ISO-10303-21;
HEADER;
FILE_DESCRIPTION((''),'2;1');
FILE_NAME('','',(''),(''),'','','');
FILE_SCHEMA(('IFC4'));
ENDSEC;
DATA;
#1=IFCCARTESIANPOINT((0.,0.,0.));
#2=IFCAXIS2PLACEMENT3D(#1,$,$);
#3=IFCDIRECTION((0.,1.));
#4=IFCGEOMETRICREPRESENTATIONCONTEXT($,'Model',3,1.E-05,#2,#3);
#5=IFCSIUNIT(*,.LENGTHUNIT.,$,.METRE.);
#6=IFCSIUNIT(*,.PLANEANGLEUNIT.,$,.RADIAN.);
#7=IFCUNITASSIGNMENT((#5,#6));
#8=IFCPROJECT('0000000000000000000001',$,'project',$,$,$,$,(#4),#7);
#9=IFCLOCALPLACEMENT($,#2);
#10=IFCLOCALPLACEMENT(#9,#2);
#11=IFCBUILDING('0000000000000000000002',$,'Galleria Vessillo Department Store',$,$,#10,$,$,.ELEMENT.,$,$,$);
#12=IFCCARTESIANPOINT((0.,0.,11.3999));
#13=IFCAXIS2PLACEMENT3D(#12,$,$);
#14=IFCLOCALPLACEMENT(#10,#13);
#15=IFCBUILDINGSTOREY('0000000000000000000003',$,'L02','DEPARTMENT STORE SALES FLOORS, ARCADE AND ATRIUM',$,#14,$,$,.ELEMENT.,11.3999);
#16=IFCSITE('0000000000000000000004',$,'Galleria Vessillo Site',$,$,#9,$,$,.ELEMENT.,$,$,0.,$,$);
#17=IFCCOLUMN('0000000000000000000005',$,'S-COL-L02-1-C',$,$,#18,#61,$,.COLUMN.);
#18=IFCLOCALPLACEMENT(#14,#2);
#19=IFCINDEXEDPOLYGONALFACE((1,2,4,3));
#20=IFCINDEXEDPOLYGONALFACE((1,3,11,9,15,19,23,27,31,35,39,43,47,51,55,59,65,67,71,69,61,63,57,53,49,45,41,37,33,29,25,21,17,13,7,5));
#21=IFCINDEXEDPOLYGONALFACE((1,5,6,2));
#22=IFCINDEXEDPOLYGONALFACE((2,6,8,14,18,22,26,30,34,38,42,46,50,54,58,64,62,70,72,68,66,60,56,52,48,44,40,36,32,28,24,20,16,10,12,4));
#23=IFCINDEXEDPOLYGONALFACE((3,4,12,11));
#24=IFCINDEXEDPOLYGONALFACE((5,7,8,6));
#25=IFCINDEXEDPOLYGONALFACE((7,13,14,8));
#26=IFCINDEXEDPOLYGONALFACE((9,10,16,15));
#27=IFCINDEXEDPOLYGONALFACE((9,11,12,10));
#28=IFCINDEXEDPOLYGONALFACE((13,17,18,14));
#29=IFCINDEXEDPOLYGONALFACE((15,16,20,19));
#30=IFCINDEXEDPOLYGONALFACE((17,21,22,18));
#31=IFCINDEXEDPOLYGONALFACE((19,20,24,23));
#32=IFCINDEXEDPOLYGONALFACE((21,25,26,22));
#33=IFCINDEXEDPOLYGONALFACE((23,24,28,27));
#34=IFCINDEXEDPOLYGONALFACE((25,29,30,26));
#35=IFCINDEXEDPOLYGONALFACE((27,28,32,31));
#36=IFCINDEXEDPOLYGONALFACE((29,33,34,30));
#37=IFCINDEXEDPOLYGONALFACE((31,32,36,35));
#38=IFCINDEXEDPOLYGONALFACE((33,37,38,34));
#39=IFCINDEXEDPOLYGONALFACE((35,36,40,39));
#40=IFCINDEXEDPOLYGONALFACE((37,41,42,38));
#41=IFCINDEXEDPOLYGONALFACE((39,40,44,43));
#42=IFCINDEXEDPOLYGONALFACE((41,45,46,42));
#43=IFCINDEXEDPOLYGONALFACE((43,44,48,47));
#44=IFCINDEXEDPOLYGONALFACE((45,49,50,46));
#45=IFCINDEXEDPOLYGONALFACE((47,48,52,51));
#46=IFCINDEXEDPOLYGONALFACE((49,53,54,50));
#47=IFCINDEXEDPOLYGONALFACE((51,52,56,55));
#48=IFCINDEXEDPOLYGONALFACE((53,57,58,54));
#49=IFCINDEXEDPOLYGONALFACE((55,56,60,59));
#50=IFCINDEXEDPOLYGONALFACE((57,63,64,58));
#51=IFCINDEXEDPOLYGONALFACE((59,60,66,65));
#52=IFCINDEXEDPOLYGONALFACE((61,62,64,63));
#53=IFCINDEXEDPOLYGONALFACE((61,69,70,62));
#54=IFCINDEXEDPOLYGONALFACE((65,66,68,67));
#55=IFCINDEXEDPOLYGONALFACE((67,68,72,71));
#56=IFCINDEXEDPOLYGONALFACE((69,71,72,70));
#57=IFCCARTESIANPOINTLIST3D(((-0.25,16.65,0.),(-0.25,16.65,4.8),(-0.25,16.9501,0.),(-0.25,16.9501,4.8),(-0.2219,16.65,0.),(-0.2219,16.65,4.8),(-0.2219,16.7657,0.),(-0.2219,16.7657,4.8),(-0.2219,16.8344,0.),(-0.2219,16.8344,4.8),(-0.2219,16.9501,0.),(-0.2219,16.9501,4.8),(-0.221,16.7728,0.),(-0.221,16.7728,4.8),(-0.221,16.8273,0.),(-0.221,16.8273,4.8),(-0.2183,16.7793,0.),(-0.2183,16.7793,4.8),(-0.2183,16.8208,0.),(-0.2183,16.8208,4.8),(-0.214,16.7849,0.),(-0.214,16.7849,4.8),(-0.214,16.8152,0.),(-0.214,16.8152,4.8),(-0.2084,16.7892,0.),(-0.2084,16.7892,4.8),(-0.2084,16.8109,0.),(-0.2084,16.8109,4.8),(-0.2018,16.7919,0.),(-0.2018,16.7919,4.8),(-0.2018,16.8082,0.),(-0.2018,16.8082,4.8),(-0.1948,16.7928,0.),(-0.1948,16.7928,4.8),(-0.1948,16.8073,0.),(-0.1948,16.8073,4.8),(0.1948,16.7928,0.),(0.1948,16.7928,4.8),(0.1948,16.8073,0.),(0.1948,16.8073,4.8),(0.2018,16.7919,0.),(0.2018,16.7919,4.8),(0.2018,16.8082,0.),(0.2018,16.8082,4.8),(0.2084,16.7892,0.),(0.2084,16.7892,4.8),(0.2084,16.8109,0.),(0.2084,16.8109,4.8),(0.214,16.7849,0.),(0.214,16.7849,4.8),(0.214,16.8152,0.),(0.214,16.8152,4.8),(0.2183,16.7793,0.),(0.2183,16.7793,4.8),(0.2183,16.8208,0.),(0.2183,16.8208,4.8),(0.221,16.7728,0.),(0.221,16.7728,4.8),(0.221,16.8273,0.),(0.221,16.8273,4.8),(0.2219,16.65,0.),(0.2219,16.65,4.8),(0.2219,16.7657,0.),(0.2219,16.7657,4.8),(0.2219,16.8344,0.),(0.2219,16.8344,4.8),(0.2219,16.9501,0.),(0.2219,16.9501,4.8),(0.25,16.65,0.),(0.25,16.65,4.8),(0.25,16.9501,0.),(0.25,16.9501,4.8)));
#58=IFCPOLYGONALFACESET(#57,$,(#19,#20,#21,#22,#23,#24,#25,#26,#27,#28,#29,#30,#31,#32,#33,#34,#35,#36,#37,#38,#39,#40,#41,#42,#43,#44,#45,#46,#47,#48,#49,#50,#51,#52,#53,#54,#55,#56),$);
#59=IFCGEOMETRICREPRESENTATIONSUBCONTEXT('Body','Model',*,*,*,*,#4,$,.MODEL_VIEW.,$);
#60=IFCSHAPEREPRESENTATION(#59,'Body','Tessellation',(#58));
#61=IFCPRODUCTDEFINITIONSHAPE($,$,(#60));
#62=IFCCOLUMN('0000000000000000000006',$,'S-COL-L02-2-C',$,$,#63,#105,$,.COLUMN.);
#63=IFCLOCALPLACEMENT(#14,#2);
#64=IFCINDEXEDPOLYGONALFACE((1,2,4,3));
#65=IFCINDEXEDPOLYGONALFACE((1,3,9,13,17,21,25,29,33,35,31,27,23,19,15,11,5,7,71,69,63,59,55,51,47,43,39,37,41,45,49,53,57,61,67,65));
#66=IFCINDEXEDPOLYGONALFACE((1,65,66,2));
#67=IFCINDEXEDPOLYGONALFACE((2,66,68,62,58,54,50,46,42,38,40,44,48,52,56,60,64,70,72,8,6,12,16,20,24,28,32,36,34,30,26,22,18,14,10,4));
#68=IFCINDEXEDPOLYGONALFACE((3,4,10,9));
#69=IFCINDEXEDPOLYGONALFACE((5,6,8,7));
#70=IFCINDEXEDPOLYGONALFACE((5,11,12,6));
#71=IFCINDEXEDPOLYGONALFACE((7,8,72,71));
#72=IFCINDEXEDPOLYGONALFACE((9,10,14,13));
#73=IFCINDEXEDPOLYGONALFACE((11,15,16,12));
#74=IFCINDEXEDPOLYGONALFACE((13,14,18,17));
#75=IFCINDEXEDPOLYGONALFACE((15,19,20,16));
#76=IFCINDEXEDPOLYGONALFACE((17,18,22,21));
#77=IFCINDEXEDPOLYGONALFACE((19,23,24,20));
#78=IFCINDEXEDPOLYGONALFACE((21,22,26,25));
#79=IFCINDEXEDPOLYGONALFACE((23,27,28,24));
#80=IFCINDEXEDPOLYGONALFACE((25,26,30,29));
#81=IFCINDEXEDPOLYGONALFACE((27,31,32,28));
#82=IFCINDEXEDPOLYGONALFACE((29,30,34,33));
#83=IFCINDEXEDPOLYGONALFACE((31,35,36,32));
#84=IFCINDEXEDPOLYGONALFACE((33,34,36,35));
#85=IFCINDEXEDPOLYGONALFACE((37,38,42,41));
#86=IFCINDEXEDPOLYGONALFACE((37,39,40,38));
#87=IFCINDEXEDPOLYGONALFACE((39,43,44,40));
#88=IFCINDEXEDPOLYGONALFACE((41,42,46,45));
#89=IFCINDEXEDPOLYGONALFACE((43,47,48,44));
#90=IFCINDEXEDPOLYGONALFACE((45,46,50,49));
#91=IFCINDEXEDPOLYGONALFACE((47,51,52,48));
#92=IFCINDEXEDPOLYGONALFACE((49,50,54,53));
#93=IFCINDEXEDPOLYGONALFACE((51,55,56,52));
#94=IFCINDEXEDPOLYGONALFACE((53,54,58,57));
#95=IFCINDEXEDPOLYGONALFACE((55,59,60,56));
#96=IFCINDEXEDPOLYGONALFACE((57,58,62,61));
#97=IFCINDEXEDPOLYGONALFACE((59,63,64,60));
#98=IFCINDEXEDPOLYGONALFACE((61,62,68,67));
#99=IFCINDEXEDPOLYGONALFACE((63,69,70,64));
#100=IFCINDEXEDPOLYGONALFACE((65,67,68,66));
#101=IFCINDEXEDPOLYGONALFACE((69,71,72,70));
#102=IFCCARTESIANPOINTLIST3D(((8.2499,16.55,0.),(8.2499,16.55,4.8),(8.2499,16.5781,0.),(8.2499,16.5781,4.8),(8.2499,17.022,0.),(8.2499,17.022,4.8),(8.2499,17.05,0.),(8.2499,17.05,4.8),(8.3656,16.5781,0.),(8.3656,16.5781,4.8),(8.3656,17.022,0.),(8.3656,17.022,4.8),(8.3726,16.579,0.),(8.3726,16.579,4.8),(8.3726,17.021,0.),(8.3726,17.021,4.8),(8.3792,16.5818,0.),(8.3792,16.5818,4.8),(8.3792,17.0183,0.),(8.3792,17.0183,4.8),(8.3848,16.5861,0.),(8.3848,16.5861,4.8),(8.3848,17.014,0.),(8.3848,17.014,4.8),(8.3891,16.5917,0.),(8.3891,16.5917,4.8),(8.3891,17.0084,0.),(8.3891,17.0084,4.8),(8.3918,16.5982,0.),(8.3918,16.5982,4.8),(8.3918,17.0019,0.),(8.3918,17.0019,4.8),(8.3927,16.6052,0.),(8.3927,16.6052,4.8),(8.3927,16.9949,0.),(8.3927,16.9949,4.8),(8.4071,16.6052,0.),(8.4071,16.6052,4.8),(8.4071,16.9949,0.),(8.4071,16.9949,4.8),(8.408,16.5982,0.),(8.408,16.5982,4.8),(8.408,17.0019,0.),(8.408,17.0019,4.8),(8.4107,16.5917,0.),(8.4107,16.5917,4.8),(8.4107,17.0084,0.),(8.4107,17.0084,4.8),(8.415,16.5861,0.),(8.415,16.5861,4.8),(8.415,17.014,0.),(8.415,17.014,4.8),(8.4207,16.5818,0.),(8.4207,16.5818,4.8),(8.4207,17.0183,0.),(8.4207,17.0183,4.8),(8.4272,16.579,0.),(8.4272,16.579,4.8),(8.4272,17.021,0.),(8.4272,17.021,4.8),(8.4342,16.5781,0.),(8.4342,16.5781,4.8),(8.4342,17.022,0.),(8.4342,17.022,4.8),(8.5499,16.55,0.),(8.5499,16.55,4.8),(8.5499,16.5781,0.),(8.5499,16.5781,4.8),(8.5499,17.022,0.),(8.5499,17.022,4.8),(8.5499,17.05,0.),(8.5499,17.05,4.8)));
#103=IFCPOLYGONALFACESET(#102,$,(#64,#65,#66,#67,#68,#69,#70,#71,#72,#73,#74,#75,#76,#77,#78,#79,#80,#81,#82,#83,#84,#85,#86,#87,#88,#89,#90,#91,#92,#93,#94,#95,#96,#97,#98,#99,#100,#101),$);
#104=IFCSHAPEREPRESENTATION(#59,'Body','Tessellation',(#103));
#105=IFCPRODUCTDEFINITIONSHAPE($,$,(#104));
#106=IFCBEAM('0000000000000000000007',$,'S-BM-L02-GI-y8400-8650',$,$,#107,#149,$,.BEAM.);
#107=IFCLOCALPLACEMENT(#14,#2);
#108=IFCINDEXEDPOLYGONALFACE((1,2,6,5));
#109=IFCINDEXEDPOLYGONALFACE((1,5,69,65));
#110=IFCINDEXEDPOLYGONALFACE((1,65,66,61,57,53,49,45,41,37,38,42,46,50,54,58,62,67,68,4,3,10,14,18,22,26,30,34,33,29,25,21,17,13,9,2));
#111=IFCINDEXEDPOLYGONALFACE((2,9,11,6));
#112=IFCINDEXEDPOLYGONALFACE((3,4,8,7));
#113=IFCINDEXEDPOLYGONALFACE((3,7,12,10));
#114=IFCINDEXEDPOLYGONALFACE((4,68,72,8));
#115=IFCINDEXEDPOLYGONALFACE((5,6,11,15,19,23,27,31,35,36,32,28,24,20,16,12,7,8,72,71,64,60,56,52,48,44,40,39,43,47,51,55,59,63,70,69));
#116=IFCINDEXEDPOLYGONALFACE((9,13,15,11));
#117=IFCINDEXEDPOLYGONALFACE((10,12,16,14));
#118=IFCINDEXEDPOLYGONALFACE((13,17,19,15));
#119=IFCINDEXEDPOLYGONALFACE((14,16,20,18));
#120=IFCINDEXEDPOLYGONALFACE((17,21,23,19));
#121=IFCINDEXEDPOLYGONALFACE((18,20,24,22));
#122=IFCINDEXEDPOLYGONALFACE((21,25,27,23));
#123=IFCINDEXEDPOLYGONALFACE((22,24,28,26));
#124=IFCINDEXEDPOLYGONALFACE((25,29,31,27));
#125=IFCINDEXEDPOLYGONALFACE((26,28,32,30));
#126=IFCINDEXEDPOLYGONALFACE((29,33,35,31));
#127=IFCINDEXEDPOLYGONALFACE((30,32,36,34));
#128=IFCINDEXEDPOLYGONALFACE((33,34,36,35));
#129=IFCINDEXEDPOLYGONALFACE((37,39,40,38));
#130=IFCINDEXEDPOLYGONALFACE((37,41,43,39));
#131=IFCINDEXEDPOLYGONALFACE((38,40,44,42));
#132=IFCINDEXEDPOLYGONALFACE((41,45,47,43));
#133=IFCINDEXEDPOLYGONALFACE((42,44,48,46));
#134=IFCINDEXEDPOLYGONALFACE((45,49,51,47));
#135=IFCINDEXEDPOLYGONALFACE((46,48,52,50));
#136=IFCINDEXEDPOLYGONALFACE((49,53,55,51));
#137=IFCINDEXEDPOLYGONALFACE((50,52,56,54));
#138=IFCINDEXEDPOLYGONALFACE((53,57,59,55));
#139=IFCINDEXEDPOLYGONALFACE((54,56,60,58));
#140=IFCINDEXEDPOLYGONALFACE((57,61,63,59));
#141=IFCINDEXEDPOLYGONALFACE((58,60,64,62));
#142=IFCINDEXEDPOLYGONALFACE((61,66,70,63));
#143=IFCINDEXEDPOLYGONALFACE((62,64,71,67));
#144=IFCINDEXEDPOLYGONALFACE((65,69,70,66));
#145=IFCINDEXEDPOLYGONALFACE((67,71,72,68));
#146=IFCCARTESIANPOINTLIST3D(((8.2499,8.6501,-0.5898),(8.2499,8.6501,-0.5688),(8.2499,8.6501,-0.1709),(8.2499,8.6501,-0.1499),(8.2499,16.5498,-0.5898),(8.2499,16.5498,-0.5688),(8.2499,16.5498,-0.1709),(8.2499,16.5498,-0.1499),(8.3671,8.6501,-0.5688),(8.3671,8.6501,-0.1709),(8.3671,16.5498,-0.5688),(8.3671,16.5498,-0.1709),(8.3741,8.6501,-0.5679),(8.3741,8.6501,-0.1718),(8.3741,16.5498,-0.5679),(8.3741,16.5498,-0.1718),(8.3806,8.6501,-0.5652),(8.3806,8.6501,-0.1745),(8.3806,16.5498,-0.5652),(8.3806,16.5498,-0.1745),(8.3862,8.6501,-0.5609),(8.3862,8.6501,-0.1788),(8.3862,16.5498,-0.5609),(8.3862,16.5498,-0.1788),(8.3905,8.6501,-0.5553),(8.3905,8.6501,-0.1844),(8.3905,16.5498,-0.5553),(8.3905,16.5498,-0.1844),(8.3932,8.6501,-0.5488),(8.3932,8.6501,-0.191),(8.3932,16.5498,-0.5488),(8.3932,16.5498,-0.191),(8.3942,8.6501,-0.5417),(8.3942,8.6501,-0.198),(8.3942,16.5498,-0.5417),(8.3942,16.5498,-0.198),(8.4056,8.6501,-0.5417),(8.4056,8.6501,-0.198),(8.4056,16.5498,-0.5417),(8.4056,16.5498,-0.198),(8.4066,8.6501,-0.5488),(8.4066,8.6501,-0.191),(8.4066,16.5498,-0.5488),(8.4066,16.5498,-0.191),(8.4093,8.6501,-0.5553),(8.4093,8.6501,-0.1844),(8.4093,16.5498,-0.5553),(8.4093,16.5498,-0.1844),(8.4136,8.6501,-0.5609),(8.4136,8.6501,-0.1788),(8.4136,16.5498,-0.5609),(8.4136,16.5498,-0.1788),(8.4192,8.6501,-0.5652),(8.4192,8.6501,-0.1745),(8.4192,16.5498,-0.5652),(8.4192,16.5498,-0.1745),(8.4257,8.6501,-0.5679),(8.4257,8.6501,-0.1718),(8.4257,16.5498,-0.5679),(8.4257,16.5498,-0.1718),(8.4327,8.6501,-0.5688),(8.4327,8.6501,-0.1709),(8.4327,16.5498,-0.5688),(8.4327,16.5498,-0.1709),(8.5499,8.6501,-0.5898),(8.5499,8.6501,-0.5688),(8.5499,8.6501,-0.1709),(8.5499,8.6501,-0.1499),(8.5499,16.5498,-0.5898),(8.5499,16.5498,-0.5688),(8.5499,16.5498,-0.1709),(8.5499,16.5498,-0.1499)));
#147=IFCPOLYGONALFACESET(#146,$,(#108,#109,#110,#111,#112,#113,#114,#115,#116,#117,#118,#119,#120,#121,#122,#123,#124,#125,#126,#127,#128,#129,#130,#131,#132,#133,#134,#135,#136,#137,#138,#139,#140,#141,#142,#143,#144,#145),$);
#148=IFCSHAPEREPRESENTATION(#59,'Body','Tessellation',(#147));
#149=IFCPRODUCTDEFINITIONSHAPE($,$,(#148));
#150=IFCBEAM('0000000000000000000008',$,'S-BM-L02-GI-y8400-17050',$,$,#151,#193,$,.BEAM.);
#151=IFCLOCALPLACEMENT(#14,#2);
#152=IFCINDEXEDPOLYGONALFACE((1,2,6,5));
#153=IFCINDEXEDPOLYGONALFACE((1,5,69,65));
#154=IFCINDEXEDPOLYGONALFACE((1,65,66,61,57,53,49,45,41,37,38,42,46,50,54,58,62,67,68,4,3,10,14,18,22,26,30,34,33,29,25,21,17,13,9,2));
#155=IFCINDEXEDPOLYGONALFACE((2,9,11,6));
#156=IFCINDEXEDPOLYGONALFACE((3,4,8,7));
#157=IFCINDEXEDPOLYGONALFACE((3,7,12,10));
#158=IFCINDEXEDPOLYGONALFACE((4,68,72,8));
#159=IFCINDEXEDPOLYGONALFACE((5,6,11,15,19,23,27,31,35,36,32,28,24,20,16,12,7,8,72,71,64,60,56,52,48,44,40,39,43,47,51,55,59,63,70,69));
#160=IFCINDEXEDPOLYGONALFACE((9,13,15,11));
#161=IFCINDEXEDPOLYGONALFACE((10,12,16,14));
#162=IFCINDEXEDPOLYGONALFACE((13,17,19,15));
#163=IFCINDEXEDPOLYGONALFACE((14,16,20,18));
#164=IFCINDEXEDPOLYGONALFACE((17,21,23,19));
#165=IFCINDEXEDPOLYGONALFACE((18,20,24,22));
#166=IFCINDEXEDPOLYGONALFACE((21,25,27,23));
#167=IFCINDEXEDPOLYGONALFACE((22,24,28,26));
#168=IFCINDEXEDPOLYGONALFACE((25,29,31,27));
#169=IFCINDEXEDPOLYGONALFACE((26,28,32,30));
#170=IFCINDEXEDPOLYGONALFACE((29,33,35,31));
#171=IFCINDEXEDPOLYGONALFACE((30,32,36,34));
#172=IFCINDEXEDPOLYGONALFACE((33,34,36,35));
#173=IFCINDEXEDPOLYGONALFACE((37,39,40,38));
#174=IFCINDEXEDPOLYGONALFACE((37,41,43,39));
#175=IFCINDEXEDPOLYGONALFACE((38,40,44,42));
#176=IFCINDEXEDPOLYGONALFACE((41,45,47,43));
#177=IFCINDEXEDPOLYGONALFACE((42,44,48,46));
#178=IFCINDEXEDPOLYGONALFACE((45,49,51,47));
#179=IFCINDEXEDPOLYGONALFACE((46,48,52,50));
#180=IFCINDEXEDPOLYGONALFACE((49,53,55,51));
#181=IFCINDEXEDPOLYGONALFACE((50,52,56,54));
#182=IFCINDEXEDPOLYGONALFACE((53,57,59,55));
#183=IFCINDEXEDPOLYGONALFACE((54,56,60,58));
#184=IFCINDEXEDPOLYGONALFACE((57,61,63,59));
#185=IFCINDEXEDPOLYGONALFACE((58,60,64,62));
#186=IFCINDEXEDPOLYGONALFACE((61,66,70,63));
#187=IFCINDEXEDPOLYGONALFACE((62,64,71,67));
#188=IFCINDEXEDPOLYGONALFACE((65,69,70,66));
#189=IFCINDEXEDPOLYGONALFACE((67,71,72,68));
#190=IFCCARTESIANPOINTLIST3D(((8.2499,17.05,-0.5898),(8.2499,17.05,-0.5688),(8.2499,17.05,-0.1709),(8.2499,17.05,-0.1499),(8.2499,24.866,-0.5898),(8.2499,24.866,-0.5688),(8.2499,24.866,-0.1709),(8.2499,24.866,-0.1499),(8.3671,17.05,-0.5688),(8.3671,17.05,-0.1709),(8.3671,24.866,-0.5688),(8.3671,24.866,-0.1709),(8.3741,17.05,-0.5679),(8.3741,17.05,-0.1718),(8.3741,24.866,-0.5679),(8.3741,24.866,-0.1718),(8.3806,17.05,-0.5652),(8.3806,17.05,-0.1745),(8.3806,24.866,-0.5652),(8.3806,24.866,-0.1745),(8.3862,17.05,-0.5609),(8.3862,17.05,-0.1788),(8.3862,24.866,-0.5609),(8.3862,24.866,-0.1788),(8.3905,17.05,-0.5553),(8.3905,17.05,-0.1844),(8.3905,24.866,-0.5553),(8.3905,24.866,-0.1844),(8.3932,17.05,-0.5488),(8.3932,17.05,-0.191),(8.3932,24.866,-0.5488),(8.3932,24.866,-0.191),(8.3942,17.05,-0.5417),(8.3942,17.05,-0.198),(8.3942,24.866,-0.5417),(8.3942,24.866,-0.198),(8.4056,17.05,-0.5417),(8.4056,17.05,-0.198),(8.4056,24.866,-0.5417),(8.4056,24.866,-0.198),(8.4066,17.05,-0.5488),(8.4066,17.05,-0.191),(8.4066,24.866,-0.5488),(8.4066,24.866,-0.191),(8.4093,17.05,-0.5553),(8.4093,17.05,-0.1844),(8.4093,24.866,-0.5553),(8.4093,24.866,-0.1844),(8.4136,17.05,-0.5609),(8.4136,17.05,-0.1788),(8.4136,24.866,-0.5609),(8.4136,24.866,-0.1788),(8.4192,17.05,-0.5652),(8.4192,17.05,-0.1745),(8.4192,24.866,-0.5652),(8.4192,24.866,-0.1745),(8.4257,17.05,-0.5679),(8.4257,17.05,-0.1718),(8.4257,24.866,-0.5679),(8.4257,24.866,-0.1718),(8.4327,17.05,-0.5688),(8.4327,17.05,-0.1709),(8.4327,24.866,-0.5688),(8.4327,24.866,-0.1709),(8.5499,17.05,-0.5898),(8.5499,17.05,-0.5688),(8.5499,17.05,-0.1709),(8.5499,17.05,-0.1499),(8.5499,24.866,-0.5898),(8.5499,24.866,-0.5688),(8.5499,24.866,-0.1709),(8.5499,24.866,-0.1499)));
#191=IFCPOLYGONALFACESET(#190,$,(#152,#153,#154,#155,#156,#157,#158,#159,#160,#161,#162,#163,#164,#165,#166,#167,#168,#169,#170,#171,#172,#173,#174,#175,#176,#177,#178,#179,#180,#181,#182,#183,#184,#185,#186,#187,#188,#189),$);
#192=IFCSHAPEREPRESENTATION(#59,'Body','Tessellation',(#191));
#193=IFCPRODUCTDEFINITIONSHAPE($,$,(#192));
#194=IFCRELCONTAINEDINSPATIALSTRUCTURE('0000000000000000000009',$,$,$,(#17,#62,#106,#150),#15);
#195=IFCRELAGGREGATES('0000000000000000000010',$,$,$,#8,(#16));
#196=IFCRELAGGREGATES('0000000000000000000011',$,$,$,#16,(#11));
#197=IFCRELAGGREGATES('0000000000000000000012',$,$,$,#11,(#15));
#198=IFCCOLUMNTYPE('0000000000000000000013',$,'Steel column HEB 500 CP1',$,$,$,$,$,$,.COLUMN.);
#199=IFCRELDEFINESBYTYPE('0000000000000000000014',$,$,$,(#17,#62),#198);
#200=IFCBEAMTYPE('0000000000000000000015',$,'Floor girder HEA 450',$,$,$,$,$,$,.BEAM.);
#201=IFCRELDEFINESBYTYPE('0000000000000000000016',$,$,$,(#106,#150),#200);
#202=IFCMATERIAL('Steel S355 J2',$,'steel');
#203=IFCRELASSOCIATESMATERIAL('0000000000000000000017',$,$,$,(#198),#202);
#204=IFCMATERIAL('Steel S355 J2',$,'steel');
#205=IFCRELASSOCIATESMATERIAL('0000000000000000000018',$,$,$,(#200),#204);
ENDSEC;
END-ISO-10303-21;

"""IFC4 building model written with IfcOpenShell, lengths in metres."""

from ifc_helpers import new_model, si_unit, direction, frame, origin, origin_2d, place, context, subcontext, project, spatial, i_section, extrude, material, material_profile, profile_set, type_object, element, save


model = new_model("IFC4")

# Units and contexts
model_context = context("Model", 3, precision=1e-05, world=origin(), true_north=direction((0.0, 1.0)))
body_context = subcontext(model_context, "Body", "Model", "MODEL_VIEW")
ifc_project = project(units=[si_unit("LENGTHUNIT", "METRE"), si_unit("PLANEANGLEUNIT", "RADIAN")], contexts=[model_context])

# Site, building, storey
site_placement = place(None, origin())
site = spatial("IfcSite", under=ifc_project, at=site_placement, Name="Galleria Vessillo Site", CompositionType="ELEMENT", RefElevation=0.0)
building_placement = place(site_placement, origin())
building = spatial("IfcBuilding", under=site, at=building_placement, Name="Galleria Vessillo Department Store", CompositionType="ELEMENT")
storey_placement = place(building_placement, frame((0.0, 0.0, 11.3999)))
storey = spatial("IfcBuildingStorey", under=building, at=storey_placement, Name="L02", Description="DEPARTMENT STORE SALES FLOORS, ARCADE AND ATRIUM", CompositionType="ELEMENT", Elevation=11.3999)

# Columns
ifc_material_1 = material(Name="Steel S355 J2", Category="steel")
ifc_material_profile_1 = material_profile(ifc_material_1, i_section(OverallWidth=0.3, OverallDepth=0.5, WebThickness=0.0144, FlangeThickness=0.0281, FilletRadius=0.0271, at=origin_2d()), Name="HEB 500")
ifc_profile_set_1 = profile_set([ifc_material_profile_1], Name="Steel S355 J2")
column_type = type_object("IfcColumnType", Name="Steel column HEB 500 CP1", PredefinedType="COLUMN", material=ifc_profile_set_1)
for number, where, z_axis, x_axis, name in (
    (1, (0.0, 16.8, 0.0), (0.0, 0.0, 1.0), (0.0, 1.0, 0.0), "S-COL-L02-1-C"),
    (2, (8.3999, 16.8, 0.0), (0.0, 0.0, 1.0), (1.0, 0.0, 0.0), "S-COL-L02-2-C"),
):
    element("IfcColumn", number, at=place(storey_placement, frame(where, z_axis=z_axis, x_axis=x_axis)), inside=storey, type_object=column_type, Name=name, PredefinedType="COLUMN", context=body_context, shape_type="SweptSolid", body=[
        extrude(i_section(OverallWidth=0.3, OverallDepth=0.5, WebThickness=0.0144, FlangeThickness=0.0281, FilletRadius=0.0271, at=origin_2d()), origin(), (0.0, 0.0, 1.0), 4.8),
    ])

# Beams
ifc_material_2 = material(Name="Steel S355 J2", Category="steel")
ifc_material_profile_2 = material_profile(ifc_material_2, i_section(OverallWidth=0.3, OverallDepth=0.4399, WebThickness=0.0115, FlangeThickness=0.021, FilletRadius=0.0271, at=origin_2d()), Name="HEA 450")
ifc_profile_set_2 = profile_set([ifc_material_profile_2], Name="Steel S355 J2")
beam_type_1 = type_object("IfcBeamType", Name="Floor girder HEA 450", PredefinedType="BEAM", material=ifc_profile_set_2)
beam_1_placement = place(storey_placement, frame((8.3999, 8.6501, -0.3699), z_axis=(0.0, 1.0, 0.0), x_axis=(-1.0, 0.0, 0.0)))
element("IfcBeam", 3, at=beam_1_placement, inside=storey, type_object=beam_type_1, Name="S-BM-L02-GI-y8400-8650", PredefinedType="BEAM", context=body_context, shape_type="SweptSolid", body=[
    extrude(i_section(OverallWidth=0.3, OverallDepth=0.4399, WebThickness=0.0115, FlangeThickness=0.021, FilletRadius=0.0271, at=origin_2d()), origin(), (0.0, 0.0, 1.0), 7.8997),
])
beam_2_placement = place(storey_placement, frame((8.3999, 17.05, -0.3699), z_axis=(0.0, 1.0, 0.0), x_axis=(-1.0, 0.0, 0.0)))
element("IfcBeam", 4, at=beam_2_placement, inside=storey, type_object=beam_type_1, Name="S-BM-L02-GI-y8400-17050", PredefinedType="BEAM", context=body_context, shape_type="SweptSolid", body=[
    extrude(i_section(OverallWidth=0.3, OverallDepth=0.4399, WebThickness=0.0115, FlangeThickness=0.021, FilletRadius=0.0271, at=origin_2d()), origin(), (0.0, 0.0, 1.0), 7.8159),
])

save(model, "model.ifc")
